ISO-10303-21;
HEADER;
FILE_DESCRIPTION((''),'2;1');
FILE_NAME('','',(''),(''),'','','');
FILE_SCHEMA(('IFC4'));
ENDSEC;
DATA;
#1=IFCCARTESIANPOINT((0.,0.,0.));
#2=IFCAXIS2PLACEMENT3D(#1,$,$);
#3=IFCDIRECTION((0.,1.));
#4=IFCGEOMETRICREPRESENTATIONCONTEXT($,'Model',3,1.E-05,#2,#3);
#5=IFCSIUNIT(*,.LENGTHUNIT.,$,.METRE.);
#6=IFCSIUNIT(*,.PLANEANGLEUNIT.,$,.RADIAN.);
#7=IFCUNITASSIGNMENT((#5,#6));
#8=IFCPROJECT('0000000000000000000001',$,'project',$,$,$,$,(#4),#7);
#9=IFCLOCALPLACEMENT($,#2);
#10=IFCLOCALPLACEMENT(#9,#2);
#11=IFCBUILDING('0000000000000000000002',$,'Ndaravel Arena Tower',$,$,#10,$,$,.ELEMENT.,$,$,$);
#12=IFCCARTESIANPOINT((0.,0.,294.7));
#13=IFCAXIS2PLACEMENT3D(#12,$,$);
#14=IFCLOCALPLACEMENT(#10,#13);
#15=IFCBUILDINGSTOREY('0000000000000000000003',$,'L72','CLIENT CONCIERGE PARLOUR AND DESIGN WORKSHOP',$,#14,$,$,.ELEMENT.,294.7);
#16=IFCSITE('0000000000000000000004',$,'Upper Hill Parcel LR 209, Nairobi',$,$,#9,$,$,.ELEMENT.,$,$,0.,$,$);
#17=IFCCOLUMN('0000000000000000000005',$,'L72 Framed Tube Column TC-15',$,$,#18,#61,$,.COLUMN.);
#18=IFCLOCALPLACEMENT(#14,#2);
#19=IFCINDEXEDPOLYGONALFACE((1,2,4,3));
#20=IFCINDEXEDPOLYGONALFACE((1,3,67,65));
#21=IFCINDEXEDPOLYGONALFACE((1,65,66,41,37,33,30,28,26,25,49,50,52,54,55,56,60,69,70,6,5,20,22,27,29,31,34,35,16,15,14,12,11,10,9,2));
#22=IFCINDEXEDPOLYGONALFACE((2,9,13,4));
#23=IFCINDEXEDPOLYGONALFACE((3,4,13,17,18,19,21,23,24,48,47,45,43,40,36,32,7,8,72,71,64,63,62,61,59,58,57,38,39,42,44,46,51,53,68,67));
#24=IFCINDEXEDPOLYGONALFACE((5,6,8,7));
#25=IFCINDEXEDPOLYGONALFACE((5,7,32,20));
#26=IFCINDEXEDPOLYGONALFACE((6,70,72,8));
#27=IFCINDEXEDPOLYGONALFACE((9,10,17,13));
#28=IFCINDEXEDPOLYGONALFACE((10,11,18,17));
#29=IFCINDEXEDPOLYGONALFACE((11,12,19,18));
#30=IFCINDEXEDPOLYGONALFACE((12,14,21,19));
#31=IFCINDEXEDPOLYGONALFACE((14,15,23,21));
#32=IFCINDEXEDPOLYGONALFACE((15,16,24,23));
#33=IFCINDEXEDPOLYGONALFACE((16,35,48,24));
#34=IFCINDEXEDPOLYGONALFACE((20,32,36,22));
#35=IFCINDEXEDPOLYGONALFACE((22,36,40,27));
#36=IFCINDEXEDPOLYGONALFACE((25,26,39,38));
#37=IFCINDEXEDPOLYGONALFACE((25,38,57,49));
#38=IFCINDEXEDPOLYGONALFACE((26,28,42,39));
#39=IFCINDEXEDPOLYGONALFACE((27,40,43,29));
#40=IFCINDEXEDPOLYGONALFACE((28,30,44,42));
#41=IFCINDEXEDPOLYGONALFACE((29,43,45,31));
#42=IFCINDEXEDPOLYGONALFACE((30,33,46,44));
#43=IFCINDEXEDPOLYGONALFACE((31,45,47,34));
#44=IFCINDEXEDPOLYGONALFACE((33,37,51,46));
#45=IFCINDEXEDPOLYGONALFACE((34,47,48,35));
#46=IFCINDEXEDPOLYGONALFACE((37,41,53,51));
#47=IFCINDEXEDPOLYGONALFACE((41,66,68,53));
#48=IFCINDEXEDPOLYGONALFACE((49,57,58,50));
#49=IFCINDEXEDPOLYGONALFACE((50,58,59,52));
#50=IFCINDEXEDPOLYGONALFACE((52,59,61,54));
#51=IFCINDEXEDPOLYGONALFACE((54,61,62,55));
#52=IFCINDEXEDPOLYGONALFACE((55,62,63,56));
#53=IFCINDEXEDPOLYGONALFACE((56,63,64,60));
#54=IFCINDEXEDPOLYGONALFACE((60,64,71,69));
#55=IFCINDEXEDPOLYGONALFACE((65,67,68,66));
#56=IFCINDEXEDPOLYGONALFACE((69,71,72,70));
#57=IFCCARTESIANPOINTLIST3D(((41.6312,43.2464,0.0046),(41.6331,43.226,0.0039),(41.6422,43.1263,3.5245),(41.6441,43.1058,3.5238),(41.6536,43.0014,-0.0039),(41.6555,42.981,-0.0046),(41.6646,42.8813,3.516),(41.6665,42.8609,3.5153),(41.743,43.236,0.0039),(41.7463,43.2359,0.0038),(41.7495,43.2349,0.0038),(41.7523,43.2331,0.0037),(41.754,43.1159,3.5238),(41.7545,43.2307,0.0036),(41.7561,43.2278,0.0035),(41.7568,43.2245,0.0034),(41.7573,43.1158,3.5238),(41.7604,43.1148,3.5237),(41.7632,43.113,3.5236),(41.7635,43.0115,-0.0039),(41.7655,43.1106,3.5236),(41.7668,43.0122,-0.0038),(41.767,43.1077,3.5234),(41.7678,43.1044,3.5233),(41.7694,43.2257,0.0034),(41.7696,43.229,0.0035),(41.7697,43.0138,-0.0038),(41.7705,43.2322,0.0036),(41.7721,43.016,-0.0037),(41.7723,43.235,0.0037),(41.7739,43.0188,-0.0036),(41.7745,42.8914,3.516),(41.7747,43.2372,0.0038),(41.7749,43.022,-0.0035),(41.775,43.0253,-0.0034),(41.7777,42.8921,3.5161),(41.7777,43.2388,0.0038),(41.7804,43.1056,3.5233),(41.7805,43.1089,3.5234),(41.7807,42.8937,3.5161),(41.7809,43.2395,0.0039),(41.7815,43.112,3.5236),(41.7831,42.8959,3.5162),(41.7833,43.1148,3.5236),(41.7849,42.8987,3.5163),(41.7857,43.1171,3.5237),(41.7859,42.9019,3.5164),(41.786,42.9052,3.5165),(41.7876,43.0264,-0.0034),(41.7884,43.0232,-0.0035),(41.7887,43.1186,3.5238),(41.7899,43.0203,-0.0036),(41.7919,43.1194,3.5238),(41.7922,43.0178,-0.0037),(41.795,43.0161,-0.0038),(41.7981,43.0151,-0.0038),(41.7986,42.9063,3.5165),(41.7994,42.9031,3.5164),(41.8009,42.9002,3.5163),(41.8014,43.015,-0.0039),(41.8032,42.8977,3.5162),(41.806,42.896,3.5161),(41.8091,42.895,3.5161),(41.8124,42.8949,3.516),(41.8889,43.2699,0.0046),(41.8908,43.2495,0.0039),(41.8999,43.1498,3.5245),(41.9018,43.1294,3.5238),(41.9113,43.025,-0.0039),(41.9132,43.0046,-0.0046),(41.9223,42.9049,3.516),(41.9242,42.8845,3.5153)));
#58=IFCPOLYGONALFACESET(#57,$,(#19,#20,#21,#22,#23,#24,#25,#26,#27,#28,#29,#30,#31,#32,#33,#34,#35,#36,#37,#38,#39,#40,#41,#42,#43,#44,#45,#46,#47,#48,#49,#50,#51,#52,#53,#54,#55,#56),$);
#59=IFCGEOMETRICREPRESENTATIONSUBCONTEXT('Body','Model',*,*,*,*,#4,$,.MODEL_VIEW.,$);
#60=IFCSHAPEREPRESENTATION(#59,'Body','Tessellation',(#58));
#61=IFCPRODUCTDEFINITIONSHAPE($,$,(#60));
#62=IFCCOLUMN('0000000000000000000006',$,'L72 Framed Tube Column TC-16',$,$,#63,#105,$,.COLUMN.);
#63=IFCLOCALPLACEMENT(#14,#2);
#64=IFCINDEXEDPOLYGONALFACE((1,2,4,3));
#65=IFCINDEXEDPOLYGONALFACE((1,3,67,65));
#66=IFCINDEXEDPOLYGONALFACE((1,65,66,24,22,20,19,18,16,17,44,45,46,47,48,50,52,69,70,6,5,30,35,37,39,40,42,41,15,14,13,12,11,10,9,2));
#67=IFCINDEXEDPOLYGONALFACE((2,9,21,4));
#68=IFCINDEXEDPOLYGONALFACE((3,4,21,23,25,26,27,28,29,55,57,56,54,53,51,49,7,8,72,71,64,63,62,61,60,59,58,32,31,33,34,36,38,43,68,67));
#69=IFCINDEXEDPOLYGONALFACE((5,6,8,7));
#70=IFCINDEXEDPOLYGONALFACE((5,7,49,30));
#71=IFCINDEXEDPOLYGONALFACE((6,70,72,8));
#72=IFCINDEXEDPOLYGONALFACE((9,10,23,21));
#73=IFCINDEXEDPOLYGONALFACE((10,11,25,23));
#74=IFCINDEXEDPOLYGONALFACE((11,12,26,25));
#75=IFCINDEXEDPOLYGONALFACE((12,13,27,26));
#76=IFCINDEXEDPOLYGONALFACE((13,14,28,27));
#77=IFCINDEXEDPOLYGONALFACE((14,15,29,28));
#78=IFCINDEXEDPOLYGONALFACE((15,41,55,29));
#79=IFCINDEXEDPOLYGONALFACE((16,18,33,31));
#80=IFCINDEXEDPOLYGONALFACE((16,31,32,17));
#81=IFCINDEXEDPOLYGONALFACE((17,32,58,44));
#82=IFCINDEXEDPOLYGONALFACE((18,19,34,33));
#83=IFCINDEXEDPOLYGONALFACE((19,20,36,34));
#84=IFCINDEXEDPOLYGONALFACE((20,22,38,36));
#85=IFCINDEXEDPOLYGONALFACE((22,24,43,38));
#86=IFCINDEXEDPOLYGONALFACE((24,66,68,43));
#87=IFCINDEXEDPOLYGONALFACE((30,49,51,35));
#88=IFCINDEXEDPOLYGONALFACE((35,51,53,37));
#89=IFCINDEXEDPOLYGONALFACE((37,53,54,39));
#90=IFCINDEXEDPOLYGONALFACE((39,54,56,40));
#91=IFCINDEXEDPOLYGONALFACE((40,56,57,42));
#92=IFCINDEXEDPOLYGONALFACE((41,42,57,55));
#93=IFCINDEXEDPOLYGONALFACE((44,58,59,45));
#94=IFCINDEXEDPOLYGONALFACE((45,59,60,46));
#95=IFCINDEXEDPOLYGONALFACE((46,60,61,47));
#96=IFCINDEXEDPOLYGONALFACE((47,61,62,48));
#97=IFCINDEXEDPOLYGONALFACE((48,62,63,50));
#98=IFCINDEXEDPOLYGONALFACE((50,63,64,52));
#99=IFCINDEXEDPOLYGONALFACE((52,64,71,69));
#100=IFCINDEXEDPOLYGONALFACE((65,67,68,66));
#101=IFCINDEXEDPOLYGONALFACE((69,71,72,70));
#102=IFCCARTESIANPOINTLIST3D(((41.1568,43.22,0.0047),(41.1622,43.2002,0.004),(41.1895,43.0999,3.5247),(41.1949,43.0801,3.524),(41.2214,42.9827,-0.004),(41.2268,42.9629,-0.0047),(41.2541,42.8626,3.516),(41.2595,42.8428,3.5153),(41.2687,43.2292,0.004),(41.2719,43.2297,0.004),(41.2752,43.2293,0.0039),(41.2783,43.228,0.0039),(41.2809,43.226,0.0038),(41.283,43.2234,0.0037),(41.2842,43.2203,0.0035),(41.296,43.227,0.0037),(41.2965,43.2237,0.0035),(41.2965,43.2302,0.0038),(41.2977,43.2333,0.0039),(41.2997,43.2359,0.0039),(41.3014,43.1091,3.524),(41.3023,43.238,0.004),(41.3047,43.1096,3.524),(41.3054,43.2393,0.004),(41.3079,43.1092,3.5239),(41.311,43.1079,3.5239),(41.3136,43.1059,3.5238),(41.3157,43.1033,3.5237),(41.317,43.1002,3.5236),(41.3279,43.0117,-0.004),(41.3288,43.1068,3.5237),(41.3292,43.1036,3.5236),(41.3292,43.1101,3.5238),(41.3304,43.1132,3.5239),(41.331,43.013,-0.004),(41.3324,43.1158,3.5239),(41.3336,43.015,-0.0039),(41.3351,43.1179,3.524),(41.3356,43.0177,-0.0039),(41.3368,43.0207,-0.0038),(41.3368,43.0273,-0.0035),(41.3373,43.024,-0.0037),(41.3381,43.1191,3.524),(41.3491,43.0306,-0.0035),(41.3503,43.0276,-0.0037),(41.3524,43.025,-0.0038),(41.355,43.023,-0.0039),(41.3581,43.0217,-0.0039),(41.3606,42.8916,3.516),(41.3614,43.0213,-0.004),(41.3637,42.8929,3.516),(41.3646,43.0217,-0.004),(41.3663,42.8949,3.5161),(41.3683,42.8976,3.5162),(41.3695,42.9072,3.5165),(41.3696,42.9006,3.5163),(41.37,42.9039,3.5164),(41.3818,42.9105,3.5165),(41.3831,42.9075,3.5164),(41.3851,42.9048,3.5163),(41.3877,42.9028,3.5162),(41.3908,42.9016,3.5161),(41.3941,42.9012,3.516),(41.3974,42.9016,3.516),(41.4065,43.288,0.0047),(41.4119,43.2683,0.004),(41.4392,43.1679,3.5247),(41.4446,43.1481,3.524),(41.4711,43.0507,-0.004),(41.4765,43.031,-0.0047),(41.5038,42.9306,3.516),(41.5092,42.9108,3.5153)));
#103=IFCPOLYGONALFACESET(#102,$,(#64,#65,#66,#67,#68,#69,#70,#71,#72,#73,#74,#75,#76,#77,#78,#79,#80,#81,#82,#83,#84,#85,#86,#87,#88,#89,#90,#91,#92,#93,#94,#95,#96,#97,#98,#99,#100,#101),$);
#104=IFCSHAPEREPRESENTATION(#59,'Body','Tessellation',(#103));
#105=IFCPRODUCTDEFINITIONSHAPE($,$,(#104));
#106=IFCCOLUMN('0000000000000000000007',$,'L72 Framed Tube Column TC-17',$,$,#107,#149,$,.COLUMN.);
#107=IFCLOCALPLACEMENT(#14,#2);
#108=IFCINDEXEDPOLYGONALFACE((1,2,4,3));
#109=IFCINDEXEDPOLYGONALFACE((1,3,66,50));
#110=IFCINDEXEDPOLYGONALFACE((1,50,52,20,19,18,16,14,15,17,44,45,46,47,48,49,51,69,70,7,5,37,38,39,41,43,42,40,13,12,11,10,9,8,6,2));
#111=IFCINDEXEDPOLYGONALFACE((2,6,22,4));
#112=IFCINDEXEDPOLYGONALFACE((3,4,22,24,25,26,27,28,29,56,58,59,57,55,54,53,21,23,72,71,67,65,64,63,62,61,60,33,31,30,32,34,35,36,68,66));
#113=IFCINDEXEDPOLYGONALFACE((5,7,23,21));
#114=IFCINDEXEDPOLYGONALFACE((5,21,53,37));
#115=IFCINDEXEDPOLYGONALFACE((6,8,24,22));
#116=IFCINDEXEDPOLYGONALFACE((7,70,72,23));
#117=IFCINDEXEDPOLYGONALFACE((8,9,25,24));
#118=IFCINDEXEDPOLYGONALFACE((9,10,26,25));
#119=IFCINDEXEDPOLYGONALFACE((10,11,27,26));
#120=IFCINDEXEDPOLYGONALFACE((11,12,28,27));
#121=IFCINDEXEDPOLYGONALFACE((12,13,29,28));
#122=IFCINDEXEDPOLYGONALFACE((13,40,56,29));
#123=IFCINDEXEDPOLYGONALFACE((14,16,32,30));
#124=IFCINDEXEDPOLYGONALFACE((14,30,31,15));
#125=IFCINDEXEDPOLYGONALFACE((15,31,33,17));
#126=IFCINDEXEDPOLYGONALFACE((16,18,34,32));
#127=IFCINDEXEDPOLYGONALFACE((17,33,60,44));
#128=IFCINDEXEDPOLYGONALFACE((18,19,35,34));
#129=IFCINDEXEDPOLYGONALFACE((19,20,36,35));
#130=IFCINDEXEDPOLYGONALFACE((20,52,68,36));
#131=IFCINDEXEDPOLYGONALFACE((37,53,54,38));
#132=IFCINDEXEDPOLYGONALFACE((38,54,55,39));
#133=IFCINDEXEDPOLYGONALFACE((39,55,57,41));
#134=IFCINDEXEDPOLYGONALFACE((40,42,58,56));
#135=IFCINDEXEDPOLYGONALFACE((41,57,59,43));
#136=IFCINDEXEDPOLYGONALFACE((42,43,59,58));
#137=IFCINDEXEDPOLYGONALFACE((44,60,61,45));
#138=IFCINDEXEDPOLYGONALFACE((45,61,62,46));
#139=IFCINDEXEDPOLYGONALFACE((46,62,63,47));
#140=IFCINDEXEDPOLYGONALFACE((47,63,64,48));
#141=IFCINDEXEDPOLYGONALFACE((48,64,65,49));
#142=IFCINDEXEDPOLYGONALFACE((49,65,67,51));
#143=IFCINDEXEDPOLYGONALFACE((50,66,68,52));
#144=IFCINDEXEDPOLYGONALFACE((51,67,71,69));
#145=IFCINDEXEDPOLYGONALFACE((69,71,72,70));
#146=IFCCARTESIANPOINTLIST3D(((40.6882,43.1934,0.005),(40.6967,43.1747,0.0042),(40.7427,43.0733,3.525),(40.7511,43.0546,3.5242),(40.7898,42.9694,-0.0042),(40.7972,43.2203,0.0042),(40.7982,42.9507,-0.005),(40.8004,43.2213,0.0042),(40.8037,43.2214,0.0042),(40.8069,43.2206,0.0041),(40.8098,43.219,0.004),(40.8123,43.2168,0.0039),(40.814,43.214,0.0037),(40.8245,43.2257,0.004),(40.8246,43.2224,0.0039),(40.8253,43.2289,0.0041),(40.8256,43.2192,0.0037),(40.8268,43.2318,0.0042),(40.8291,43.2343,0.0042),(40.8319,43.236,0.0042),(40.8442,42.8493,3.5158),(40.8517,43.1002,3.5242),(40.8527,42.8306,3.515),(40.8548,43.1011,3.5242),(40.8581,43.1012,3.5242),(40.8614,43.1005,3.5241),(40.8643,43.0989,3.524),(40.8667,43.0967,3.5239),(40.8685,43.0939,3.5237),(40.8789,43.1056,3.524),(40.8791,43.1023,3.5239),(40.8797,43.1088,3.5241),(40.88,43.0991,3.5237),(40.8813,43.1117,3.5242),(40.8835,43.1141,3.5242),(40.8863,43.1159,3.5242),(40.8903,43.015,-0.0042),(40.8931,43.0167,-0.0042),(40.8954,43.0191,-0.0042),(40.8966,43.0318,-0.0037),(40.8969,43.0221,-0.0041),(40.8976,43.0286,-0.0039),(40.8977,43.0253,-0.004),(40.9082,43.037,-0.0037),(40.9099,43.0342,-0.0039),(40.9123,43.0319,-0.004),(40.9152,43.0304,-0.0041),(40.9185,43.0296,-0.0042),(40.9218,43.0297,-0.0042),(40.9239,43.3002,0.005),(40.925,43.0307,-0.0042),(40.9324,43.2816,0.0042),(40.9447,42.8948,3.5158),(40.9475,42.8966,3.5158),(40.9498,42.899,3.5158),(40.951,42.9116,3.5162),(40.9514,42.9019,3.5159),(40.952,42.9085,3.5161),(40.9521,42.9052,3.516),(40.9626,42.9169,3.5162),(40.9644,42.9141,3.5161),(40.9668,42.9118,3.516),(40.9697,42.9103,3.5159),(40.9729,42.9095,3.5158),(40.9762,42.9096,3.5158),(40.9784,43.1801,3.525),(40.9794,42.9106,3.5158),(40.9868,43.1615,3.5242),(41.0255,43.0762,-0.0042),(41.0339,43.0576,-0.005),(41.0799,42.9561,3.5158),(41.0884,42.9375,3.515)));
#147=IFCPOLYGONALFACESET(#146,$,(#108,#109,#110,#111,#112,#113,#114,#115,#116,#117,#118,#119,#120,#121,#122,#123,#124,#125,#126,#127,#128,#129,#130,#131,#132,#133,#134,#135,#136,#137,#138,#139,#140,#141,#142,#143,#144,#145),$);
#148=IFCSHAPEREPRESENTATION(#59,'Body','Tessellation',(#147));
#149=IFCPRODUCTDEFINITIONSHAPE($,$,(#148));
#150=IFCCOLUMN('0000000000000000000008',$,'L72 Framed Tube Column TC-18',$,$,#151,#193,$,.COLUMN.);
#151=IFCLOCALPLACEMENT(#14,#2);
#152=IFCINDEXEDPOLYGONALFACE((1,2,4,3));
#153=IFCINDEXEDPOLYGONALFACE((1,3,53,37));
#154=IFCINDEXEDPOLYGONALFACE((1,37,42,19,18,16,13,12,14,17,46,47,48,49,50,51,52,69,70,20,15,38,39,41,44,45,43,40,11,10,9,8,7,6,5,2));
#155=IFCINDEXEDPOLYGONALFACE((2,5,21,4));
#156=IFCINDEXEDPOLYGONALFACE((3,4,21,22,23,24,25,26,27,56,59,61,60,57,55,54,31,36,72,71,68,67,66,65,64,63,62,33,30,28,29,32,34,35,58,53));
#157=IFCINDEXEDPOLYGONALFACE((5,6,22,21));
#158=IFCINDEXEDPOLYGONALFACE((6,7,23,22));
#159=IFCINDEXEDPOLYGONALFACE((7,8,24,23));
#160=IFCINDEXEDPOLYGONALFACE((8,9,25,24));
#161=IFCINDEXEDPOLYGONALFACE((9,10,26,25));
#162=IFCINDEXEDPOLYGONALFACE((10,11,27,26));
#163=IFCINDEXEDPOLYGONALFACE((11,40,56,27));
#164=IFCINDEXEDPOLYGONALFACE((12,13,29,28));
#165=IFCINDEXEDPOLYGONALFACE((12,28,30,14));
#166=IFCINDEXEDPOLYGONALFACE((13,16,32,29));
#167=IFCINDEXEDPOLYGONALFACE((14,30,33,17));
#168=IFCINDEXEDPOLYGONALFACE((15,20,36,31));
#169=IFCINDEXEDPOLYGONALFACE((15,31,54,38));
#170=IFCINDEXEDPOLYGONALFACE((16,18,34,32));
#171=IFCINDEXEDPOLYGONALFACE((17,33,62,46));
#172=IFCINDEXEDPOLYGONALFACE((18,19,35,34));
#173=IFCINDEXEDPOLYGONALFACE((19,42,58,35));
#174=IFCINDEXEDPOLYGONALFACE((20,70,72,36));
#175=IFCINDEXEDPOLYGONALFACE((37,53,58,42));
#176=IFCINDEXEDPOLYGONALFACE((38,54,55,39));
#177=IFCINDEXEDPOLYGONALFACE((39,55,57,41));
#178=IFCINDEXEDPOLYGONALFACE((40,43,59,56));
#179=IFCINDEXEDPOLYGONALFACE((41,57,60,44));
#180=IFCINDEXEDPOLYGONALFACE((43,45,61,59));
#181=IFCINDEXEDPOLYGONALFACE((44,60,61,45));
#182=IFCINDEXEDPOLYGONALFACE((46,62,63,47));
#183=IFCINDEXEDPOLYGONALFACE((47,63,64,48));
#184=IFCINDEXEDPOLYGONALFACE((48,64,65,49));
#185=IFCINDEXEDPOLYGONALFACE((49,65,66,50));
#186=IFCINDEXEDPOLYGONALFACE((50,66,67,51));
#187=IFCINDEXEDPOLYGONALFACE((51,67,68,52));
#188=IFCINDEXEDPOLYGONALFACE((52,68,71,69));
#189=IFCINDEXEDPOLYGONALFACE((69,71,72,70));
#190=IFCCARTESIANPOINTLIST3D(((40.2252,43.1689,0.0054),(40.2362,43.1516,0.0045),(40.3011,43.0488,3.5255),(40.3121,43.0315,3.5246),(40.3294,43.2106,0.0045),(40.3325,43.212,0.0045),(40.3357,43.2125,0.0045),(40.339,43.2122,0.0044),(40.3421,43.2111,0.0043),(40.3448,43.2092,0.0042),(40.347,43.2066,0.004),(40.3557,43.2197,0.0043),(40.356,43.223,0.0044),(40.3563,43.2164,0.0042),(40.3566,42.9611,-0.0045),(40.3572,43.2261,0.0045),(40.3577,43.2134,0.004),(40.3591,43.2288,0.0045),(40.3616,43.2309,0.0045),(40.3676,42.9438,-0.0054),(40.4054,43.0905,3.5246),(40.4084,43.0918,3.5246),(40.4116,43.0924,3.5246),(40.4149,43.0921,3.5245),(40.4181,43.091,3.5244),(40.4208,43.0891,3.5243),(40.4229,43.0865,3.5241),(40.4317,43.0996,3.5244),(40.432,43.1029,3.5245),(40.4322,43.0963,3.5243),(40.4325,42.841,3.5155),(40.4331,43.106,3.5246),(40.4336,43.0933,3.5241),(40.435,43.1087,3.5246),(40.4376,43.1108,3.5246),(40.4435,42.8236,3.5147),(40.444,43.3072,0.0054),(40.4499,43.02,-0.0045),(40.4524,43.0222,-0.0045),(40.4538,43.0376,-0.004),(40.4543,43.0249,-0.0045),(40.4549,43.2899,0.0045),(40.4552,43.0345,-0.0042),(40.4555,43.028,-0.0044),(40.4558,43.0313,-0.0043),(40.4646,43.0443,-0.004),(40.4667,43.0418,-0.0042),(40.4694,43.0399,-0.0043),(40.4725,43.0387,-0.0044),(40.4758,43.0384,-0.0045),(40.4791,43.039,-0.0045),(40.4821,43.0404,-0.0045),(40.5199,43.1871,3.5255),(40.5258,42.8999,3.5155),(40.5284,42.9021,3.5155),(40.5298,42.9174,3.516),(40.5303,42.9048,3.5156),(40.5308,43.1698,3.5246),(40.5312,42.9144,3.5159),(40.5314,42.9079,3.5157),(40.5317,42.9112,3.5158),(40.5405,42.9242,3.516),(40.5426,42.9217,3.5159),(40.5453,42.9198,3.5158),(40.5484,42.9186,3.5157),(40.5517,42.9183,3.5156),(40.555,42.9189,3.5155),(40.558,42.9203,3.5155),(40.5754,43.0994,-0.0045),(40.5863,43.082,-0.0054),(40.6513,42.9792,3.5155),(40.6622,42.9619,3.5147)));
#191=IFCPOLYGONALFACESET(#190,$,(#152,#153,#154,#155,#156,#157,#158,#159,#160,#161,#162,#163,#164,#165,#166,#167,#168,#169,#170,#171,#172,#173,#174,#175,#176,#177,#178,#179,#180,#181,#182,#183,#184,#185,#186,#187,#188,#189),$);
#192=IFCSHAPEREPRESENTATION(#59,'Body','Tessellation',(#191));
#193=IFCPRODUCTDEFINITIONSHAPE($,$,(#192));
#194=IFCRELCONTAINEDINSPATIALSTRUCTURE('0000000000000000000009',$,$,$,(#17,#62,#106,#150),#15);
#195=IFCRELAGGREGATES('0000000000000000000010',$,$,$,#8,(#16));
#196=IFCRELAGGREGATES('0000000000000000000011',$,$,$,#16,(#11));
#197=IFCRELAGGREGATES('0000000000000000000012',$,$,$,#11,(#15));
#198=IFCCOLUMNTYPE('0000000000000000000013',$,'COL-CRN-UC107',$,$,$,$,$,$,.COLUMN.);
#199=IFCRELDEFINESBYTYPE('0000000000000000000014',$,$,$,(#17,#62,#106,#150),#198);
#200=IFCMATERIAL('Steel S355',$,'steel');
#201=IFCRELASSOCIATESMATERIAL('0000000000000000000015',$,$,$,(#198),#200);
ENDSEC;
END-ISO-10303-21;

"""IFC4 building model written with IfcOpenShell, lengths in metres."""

from ifc_helpers import new_model, si_unit, direction, frame, origin, origin_2d, place, context, subcontext, project, spatial, i_section, extrude, material, material_profile, profile_set, type_object, element, save


model = new_model("IFC4")

# Units and contexts
model_context = context("Model", 3, precision=1e-05, world=origin(), true_north=direction((0.0, 1.0)))
body_context = subcontext(model_context, "Body", "Model", "MODEL_VIEW")
ifc_project = project(units=[si_unit("LENGTHUNIT", "METRE"), si_unit("PLANEANGLEUNIT", "RADIAN")], contexts=[model_context])

# Site, building, storey
site_placement = place(None, origin())
site = spatial("IfcSite", under=ifc_project, at=site_placement, Name="Upper Hill Parcel LR 209, Nairobi", CompositionType="ELEMENT", RefElevation=0.0)
building_placement = place(site_placement, origin())
building = spatial("IfcBuilding", under=site, at=building_placement, Name="Ndaravel Arena Tower", CompositionType="ELEMENT")
storey_placement = place(building_placement, frame((0.0, 0.0, 294.7)))
storey = spatial("IfcBuildingStorey", under=building, at=storey_placement, Name="L72", Description="CLIENT CONCIERGE PARLOUR AND DESIGN WORKSHOP", CompositionType="ELEMENT", Elevation=294.7)

# Columns
ifc_material_1 = material(Name="Steel S355", Category="steel")
ifc_material_profile_1 = material_profile(ifc_material_1, i_section(OverallWidth=0.2588, OverallDepth=0.2666, WebThickness=0.0127, FlangeThickness=0.0205, FilletRadius=0.0127, at=origin_2d()), Name="UC 254x254x107")
ifc_profile_set_1 = profile_set([ifc_material_profile_1], Name="Steel S355")
column_type = type_object("IfcColumnType", Name="COL-CRN-UC107", PredefinedType="COLUMN", material=ifc_profile_set_1)
column_1_placement = place(storey_placement, frame((41.7722, 43.1255, 0.0), z_axis=(0.003119, -0.034104, 0.999413), x_axis=(0.995843, 0.091083, 0.0)))
element("IfcColumn", 1, at=column_1_placement, inside=storey, type_object=column_type, Name="L72 Framed Tube Column TC-15", PredefinedType="COLUMN", context=body_context, shape_type="SweptSolid", body=[
    extrude(i_section(OverallWidth=0.2588, OverallDepth=0.2666, WebThickness=0.0127, FlangeThickness=0.0205, FilletRadius=0.0127, at=origin_2d()), origin(), (0.0, 0.0, 1.0), 3.522),
])
column_2_placement = place(storey_placement, frame((41.3167, 43.1255, 0.0), z_axis=(0.009288, -0.034103, 0.999375), x_axis=(0.964854, 0.262786, 0.0)))
element("IfcColumn", 2, at=column_2_placement, inside=storey, type_object=column_type, Name="L72 Framed Tube Column TC-16", PredefinedType="COLUMN", context=body_context, shape_type="SweptSolid", body=[
    extrude(i_section(OverallWidth=0.2588, OverallDepth=0.2666, WebThickness=0.0127, FlangeThickness=0.0205, FilletRadius=0.0127, at=origin_2d()), origin(), (0.0, 0.0, 1.0), 3.5222),
])
column_3_placement = place(storey_placement, frame((40.8611, 43.1255, 0.0), z_axis=(0.015456, -0.0341, 0.999299), x_axis=(0.91081, 0.412826, 0.0)))
element("IfcColumn", 3, at=column_3_placement, inside=storey, type_object=column_type, Name="L72 Framed Tube Column TC-17", PredefinedType="COLUMN", context=body_context, shape_type="SweptSolid", body=[
    extrude(i_section(OverallWidth=0.2588, OverallDepth=0.2666, WebThickness=0.0127, FlangeThickness=0.0205, FilletRadius=0.0127, at=origin_2d()), origin(), (0.0, 0.0, 1.0), 3.5225),
])
column_4_placement = place(storey_placement, frame((40.4058, 43.1255, 0.0), z_axis=(0.021553, -0.034096, 0.999186), x_axis=(0.845285, 0.534316, 0.0)))
element("IfcColumn", 4, at=column_4_placement, inside=storey, type_object=column_type, Name="L72 Framed Tube Column TC-18", PredefinedType="COLUMN", context=body_context, shape_type="SweptSolid", body=[
    extrude(i_section(OverallWidth=0.2588, OverallDepth=0.2666, WebThickness=0.0127, FlangeThickness=0.0205, FilletRadius=0.0127, at=origin_2d()), origin(), (0.0, 0.0, 1.0), 3.5229),
])

save(model, "model.ifc")
